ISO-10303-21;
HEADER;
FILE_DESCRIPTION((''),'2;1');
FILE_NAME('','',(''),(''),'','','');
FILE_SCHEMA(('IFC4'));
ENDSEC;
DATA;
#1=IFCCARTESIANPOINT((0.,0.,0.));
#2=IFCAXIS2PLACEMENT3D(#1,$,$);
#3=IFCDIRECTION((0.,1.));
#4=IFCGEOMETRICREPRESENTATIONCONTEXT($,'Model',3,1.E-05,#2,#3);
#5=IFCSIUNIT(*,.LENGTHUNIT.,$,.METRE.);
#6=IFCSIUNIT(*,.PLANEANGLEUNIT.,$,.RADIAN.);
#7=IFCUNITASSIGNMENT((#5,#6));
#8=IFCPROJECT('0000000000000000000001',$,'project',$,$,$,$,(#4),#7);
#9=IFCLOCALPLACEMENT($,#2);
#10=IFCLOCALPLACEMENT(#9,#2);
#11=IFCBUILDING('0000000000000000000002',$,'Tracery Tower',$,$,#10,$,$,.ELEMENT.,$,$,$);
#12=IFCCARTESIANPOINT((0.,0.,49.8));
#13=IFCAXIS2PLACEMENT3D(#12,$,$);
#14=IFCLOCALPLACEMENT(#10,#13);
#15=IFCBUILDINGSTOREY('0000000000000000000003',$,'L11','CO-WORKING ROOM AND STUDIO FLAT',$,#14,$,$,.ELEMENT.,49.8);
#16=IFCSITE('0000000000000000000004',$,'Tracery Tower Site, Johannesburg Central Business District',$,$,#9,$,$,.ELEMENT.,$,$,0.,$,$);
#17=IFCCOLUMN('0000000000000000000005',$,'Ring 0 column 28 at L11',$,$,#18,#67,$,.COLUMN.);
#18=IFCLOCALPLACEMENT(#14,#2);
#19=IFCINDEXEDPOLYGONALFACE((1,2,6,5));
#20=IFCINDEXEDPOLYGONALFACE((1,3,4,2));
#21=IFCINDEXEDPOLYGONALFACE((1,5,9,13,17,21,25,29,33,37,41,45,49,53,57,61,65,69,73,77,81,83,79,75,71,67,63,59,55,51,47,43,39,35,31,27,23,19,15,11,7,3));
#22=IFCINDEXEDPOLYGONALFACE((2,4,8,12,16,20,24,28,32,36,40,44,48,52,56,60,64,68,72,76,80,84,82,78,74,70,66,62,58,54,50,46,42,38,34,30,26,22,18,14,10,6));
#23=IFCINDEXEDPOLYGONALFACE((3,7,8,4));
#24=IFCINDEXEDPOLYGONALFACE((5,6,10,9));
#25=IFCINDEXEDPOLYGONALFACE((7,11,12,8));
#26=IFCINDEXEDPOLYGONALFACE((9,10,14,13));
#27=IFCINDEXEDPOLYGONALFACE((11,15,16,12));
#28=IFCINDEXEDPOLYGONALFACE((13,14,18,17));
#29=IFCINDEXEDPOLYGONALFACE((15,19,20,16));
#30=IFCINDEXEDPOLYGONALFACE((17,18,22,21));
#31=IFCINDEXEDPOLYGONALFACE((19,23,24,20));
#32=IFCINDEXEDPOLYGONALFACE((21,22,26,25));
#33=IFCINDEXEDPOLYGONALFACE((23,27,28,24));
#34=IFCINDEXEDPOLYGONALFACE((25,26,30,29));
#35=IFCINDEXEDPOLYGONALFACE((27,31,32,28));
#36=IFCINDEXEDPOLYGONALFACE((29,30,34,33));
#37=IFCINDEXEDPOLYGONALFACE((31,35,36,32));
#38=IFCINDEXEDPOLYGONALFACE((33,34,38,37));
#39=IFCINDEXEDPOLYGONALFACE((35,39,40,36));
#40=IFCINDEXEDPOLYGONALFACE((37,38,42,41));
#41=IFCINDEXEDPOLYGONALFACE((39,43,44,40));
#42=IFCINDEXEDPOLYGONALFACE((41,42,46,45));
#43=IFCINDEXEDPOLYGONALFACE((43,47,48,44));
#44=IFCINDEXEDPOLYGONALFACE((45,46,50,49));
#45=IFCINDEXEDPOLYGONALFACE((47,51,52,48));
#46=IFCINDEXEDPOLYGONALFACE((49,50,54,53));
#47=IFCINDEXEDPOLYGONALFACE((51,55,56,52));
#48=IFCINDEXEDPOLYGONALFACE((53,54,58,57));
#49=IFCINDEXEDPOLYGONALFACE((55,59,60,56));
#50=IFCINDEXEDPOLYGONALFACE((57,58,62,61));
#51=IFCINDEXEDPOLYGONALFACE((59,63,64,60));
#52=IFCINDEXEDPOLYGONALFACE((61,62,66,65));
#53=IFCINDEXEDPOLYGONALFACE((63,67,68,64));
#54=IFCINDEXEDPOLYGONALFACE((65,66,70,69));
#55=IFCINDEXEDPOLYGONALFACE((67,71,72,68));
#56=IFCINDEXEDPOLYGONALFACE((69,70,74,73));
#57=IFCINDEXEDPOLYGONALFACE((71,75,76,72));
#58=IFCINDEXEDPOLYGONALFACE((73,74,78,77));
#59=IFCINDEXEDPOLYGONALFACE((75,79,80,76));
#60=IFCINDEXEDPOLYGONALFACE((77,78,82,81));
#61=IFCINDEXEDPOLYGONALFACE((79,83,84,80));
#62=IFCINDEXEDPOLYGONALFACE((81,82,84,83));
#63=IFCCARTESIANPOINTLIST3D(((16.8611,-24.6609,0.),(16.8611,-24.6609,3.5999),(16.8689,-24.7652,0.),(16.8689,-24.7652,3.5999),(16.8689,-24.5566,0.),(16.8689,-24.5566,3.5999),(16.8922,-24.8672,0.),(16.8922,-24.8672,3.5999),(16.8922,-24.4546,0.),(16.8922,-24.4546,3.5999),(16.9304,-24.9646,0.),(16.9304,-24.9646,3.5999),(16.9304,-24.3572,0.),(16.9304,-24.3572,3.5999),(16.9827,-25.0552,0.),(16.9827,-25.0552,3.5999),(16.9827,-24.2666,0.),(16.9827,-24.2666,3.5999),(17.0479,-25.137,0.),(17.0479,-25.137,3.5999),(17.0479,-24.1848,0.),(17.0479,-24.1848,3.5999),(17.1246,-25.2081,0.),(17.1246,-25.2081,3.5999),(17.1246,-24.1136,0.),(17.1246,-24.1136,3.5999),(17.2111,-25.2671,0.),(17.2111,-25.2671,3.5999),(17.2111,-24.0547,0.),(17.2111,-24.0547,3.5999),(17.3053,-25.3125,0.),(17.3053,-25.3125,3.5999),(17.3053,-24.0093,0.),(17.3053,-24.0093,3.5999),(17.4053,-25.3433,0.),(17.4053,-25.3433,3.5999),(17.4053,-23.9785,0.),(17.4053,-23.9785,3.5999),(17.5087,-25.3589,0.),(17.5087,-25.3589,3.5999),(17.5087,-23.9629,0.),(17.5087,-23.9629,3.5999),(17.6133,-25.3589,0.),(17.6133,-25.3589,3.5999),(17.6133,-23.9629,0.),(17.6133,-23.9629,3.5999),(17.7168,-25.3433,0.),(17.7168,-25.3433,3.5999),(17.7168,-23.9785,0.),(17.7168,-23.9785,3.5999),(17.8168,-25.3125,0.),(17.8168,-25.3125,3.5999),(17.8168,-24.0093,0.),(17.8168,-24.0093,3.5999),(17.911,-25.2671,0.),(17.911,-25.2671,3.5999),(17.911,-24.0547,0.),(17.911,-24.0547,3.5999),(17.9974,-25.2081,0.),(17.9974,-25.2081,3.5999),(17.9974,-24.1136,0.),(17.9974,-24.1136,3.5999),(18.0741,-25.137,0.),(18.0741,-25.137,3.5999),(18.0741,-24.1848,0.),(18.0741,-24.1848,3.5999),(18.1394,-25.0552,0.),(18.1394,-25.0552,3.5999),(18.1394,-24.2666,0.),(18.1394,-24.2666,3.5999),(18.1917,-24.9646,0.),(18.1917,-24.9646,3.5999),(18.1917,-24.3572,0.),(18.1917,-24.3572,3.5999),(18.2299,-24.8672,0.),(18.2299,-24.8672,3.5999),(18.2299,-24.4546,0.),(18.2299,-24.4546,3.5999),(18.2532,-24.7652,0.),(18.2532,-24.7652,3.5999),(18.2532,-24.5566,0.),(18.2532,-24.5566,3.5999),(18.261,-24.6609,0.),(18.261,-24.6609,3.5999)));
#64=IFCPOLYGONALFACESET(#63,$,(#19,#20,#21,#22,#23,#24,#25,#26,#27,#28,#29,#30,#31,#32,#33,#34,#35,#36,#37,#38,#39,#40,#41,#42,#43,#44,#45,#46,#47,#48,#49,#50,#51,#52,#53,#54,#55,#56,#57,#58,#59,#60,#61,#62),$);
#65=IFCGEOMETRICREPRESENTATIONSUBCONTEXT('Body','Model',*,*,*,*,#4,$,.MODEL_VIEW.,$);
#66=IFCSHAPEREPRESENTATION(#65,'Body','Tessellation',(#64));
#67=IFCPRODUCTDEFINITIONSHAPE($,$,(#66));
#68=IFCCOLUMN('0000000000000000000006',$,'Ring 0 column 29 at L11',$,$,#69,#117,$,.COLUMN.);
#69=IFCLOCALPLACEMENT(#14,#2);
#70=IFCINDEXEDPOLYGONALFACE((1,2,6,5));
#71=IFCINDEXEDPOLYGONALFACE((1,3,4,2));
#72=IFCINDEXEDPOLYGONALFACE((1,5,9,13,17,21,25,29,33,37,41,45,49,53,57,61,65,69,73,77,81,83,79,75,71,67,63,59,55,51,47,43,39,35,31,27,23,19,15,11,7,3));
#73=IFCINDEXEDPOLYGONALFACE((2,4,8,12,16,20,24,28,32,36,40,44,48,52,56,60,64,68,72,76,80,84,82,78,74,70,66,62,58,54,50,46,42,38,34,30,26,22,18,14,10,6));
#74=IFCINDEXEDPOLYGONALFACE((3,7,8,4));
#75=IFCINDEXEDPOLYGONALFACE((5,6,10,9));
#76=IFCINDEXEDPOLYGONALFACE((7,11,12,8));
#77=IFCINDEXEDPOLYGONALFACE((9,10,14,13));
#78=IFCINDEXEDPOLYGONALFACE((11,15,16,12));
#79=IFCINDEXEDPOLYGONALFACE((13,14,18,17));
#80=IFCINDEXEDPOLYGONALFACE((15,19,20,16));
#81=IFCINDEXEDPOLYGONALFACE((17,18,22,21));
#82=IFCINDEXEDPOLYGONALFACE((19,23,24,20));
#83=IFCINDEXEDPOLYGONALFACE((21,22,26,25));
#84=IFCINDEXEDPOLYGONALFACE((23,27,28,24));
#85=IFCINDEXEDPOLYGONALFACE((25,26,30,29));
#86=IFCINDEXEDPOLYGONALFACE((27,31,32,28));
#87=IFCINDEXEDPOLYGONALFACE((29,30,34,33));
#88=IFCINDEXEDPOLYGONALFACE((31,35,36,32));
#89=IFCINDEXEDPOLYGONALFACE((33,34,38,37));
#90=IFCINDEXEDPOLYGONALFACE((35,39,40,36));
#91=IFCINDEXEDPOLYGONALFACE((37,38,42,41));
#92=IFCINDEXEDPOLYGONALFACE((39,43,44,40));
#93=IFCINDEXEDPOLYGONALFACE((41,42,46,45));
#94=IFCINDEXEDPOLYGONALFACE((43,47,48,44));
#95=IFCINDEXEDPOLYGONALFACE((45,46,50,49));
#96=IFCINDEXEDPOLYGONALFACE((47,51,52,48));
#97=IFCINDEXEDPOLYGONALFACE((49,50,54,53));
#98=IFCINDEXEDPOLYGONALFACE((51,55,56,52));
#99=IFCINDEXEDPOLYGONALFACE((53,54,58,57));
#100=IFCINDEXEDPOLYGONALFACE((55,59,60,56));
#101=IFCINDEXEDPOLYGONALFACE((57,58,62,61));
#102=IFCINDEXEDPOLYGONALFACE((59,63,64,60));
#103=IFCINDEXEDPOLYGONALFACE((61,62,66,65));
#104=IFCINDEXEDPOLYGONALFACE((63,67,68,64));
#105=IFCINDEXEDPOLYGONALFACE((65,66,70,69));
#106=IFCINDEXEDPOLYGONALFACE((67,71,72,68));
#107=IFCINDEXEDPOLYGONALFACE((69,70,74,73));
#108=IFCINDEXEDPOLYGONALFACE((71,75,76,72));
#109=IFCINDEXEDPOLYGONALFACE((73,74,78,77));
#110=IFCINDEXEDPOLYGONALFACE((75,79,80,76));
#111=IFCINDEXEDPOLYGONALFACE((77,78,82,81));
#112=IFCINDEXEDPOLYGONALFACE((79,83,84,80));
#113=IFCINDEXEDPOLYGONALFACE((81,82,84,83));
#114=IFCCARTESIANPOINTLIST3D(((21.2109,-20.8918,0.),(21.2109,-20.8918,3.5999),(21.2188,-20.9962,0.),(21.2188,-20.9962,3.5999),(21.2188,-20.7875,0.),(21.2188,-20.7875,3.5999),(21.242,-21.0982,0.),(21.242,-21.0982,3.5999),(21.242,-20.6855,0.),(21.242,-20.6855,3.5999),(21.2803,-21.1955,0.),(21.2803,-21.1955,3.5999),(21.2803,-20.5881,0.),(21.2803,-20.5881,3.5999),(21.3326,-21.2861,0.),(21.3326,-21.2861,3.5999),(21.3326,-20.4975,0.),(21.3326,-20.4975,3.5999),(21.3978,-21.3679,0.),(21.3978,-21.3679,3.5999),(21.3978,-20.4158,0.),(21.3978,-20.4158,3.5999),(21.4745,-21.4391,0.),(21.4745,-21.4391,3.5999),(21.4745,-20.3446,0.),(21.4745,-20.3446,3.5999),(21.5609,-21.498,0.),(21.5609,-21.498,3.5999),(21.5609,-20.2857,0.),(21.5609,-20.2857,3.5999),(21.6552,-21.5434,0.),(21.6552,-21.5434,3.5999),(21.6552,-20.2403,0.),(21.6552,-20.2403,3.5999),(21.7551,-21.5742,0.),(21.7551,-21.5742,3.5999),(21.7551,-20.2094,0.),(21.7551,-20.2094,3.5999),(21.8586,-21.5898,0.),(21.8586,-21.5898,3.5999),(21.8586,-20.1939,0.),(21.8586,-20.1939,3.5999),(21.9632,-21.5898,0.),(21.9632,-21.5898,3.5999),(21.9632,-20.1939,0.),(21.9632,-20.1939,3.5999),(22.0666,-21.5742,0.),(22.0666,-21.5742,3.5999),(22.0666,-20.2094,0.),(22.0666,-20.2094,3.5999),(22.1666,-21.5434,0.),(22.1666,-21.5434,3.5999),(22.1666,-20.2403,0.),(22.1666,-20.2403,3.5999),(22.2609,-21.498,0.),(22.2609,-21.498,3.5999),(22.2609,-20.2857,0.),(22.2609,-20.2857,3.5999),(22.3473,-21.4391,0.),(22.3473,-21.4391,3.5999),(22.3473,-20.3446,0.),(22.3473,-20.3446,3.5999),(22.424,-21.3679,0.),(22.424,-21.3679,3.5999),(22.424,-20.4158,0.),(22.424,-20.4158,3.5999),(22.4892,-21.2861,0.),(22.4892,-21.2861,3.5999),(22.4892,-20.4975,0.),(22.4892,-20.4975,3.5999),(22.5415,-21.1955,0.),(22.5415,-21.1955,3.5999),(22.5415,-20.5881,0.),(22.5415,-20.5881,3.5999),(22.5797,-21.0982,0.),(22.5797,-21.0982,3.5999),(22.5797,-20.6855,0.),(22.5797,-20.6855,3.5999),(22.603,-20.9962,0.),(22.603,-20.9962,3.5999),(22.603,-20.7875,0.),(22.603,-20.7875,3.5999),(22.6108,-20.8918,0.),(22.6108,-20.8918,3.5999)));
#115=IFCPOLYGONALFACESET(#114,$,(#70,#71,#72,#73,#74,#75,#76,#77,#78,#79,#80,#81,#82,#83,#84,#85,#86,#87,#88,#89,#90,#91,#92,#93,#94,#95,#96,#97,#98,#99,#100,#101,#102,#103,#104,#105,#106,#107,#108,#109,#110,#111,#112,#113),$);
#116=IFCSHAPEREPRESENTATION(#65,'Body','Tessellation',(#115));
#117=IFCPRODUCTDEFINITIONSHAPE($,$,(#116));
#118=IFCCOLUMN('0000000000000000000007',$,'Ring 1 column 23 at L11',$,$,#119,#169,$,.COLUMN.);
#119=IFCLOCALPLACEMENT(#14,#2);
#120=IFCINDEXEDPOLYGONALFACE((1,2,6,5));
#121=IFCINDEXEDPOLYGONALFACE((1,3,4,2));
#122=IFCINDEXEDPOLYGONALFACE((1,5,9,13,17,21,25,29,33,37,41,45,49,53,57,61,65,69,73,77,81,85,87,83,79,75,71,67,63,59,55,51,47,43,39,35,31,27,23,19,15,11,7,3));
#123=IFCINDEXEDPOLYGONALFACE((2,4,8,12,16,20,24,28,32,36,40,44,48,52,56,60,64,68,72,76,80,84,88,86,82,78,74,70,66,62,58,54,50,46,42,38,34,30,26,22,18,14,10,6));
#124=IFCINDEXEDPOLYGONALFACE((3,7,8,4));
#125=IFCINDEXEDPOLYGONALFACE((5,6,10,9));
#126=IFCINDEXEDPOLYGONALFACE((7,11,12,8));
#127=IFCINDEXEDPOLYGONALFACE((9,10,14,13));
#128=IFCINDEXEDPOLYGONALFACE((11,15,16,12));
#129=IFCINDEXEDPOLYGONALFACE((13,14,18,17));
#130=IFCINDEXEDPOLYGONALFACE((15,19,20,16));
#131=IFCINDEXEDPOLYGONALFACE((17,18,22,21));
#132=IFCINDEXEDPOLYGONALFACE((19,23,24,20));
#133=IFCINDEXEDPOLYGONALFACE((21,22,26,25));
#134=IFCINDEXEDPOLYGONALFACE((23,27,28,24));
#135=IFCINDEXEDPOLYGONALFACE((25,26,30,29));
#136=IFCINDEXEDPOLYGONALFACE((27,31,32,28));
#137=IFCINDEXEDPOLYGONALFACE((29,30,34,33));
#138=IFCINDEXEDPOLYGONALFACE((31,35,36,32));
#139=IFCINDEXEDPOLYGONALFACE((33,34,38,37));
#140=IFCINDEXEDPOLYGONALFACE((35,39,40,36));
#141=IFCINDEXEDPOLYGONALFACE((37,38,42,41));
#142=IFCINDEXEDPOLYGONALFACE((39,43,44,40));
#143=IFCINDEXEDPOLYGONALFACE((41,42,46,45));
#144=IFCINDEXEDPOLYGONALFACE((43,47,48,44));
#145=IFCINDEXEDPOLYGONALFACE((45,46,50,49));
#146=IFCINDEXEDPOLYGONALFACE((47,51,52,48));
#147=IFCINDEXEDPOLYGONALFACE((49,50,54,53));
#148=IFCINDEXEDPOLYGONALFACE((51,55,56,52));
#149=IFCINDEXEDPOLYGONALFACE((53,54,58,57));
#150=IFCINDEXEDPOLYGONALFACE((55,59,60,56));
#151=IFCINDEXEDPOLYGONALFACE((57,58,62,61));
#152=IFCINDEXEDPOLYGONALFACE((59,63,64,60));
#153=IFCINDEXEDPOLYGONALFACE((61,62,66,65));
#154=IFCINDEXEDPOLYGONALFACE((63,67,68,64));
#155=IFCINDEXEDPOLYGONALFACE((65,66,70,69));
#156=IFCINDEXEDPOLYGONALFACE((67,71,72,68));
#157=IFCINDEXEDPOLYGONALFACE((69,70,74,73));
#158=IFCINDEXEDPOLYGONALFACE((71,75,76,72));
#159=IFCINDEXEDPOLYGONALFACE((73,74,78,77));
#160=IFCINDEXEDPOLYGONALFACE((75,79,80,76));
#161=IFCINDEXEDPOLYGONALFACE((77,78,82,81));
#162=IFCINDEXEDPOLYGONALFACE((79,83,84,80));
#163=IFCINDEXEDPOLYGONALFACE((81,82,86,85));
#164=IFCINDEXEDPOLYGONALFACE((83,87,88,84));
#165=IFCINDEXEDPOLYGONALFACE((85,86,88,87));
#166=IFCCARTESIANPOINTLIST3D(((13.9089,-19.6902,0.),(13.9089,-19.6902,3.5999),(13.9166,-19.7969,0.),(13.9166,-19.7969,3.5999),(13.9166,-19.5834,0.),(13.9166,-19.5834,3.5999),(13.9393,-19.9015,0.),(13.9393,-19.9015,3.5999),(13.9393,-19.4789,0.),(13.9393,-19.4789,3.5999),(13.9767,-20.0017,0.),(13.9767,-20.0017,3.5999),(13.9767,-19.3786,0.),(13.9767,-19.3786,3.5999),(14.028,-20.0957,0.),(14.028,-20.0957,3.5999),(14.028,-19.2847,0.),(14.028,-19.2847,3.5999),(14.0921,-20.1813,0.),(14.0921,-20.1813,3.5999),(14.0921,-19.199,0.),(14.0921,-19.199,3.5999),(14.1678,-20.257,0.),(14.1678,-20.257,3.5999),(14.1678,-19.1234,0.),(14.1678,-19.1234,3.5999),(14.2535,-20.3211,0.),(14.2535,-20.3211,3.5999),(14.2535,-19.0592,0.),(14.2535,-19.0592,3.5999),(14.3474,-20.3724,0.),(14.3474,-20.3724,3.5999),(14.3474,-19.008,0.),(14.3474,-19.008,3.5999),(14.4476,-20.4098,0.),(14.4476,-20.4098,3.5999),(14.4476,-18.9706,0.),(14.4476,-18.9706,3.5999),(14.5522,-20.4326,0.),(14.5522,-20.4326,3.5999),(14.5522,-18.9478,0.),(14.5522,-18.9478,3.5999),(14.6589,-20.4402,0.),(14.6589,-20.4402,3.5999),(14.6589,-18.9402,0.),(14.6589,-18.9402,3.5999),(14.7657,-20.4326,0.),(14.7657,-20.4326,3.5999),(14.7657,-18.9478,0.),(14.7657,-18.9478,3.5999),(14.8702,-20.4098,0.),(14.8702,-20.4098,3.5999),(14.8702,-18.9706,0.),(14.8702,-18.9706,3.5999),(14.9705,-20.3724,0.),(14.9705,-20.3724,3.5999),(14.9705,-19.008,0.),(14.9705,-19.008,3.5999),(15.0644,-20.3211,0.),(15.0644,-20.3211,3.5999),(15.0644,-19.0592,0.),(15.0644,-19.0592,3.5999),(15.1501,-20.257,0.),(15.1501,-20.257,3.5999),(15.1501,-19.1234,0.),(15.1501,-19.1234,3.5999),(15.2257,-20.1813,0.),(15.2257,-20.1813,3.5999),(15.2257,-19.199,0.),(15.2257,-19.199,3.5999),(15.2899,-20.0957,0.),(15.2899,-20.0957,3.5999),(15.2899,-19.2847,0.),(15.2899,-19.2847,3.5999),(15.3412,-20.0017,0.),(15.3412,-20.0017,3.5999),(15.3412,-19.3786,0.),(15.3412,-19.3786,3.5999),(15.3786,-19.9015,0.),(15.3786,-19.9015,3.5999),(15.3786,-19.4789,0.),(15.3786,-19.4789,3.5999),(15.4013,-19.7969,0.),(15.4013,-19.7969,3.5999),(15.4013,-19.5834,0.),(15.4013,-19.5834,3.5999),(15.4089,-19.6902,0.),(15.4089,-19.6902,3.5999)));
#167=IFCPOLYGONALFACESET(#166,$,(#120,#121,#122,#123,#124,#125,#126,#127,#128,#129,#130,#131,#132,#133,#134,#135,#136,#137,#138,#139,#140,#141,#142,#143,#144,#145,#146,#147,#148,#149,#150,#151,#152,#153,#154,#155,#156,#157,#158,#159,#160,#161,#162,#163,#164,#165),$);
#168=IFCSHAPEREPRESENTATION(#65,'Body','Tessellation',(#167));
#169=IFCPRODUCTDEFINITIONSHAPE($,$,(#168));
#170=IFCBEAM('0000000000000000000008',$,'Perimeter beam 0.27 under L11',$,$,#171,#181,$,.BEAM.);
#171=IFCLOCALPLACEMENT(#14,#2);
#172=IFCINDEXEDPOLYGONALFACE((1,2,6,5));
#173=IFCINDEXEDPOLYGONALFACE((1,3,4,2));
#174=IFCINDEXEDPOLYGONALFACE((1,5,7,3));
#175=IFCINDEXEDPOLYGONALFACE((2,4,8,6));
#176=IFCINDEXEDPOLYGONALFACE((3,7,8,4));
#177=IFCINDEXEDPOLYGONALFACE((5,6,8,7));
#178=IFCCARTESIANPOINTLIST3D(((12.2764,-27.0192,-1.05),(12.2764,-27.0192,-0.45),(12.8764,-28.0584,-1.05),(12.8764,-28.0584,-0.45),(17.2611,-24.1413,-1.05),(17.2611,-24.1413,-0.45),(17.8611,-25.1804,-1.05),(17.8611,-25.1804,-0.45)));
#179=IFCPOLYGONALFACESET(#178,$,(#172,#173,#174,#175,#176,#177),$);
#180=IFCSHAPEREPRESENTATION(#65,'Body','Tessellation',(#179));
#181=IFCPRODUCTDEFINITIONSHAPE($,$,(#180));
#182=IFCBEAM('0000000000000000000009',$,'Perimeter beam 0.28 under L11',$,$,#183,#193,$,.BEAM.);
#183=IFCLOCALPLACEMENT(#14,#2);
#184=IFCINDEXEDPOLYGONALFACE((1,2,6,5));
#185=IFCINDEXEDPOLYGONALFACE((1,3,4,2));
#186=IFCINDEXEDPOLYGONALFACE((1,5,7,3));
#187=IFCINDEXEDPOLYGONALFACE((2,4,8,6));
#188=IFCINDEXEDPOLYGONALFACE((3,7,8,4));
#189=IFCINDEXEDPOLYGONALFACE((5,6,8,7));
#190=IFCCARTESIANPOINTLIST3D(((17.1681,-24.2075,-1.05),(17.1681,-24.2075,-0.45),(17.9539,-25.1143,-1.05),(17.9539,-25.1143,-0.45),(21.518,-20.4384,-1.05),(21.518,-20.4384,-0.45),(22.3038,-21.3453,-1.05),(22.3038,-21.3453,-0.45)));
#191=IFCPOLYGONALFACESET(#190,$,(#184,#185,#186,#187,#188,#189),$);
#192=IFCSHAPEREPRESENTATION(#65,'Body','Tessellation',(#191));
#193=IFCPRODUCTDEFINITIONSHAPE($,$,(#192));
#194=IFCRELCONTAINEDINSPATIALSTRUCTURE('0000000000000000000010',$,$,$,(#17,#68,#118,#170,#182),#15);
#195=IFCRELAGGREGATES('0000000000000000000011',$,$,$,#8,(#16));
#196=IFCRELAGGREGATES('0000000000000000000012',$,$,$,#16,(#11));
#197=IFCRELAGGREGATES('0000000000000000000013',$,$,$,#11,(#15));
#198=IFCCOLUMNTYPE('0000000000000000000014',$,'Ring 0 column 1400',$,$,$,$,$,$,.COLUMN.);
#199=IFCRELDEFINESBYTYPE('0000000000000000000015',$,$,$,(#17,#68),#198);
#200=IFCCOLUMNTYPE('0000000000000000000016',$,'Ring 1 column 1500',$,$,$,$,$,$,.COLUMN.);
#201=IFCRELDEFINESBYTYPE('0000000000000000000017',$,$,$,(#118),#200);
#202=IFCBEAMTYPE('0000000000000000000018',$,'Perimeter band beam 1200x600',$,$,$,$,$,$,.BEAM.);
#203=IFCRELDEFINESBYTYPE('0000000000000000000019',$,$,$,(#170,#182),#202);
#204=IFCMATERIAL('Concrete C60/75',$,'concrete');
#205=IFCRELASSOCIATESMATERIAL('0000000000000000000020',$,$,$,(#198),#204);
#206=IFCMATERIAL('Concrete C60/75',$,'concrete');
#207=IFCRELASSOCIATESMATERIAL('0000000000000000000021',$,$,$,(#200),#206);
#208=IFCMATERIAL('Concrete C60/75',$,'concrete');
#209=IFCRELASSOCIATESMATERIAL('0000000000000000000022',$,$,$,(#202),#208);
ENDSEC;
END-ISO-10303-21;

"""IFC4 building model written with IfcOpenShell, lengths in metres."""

from ifc_helpers import new_model, si_unit, direction, frame, origin, origin_2d, place, context, subcontext, project, spatial, rectangle, circle, extrude, material, material_profile, profile_set, type_object, element, save


model = new_model("IFC4")

# Units and contexts
model_context = context("Model", 3, precision=1e-05, world=origin(), true_north=direction((0.0, 1.0)))
body_context = subcontext(model_context, "Body", "Model", "MODEL_VIEW")
ifc_project = project(units=[si_unit("LENGTHUNIT", "METRE"), si_unit("PLANEANGLEUNIT", "RADIAN")], contexts=[model_context])

# Site, building, storey
site_placement = place(None, origin())
site = spatial("IfcSite", under=ifc_project, at=site_placement, Name="Tracery Tower Site, Johannesburg Central Business District", CompositionType="ELEMENT", RefElevation=0.0)
building_placement = place(site_placement, origin())
building = spatial("IfcBuilding", under=site, at=building_placement, Name="Tracery Tower", CompositionType="ELEMENT")
storey_placement = place(building_placement, frame((0.0, 0.0, 49.8)))
storey = spatial("IfcBuildingStorey", under=building, at=storey_placement, Name="L11", Description="CO-WORKING ROOM AND STUDIO FLAT", CompositionType="ELEMENT", Elevation=49.8)

# Columns
ifc_material_1 = material(Name="Concrete C60/75", Category="concrete")
ifc_material_profile_1 = material_profile(ifc_material_1, circle(Radius=0.7, at=origin_2d()), Name="RC D1400")
ifc_profile_set_1 = profile_set([ifc_material_profile_1], Name="Concrete C60/75")
column_type_1 = type_object("IfcColumnType", Name="Ring 0 column 1400", PredefinedType="COLUMN", material=ifc_profile_set_1)
for number, where, z_axis, x_axis, name in (
    (1, (17.561, -24.6609, 0.0), (0.0, 0.0, 1.0), (1.0, 0.0, 0.0), "Ring 0 column 28 at L11"),
    (2, (21.9109, -20.8918, 0.0), (0.0, 0.0, 1.0), (1.0, 0.0, 0.0), "Ring 0 column 29 at L11"),
):
    element("IfcColumn", number, at=place(storey_placement, frame(where, z_axis=z_axis, x_axis=x_axis)), inside=storey, type_object=column_type_1, Name=name, PredefinedType="COLUMN", context=body_context, shape_type="SweptSolid", body=[
        extrude(circle(Radius=0.7, at=origin_2d()), origin(), (0.0, 0.0, 1.0), 3.5999),
    ])
ifc_material_2 = material(Name="Concrete C60/75", Category="concrete")
ifc_material_profile_2 = material_profile(ifc_material_2, circle(Radius=0.75, at=origin_2d()), Name="RC D1500")
ifc_profile_set_2 = profile_set([ifc_material_profile_2], Name="Concrete C60/75")
column_type_2 = type_object("IfcColumnType", Name="Ring 1 column 1500", PredefinedType="COLUMN", material=ifc_profile_set_2)
column_placement = place(storey_placement, frame((14.6589, -19.6902, 0.0), z_axis=(0.0, 0.0, 1.0), x_axis=(1.0, 0.0, 0.0)))
element("IfcColumn", 3, at=column_placement, inside=storey, type_object=column_type_2, Name="Ring 1 column 23 at L11", PredefinedType="COLUMN", context=body_context, shape_type="SweptSolid", body=[
    extrude(circle(Radius=0.75, at=origin_2d()), origin(), (0.0, 0.0, 1.0), 3.5999),
])

# Beams
ifc_material_3 = material(Name="Concrete C60/75", Category="concrete")
ifc_material_profile_3 = material_profile(ifc_material_3, rectangle(XDim=1.2, YDim=0.6001, at=origin_2d()), Name="RC 1200x600")
ifc_profile_set_3 = profile_set([ifc_material_profile_3], Name="Concrete C60/75")
beam_type = type_object("IfcBeamType", Name="Perimeter band beam 1200x600", PredefinedType="BEAM", material=ifc_profile_set_3)
beam_1_placement = place(storey_placement, frame((12.5764, -27.5388, -0.75), z_axis=(0.866021, 0.500008, 0.0), x_axis=(-0.500008, 0.866021, 0.0)))
element("IfcBeam", 4, at=beam_1_placement, inside=storey, type_object=beam_type, Name="Perimeter beam 0.27 under L11", PredefinedType="BEAM", context=body_context, shape_type="SweptSolid", body=[
    extrude(rectangle(XDim=1.2, YDim=0.6001, at=origin_2d()), origin(), (0.0, 0.0, 1.0), 5.7559),
])
beam_2_placement = place(storey_placement, frame((17.561, -24.6609, -0.75), z_axis=(0.75576, 0.654848, 0.0), x_axis=(-0.654848, 0.75576, 0.0)))
element("IfcBeam", 5, at=beam_2_placement, inside=storey, type_object=beam_type, Name="Perimeter beam 0.28 under L11", PredefinedType="BEAM", context=body_context, shape_type="SweptSolid", body=[
    extrude(rectangle(XDim=1.2, YDim=0.6001, at=origin_2d()), origin(), (0.0, 0.0, 1.0), 5.7556),
])

save(model, "model.ifc")
